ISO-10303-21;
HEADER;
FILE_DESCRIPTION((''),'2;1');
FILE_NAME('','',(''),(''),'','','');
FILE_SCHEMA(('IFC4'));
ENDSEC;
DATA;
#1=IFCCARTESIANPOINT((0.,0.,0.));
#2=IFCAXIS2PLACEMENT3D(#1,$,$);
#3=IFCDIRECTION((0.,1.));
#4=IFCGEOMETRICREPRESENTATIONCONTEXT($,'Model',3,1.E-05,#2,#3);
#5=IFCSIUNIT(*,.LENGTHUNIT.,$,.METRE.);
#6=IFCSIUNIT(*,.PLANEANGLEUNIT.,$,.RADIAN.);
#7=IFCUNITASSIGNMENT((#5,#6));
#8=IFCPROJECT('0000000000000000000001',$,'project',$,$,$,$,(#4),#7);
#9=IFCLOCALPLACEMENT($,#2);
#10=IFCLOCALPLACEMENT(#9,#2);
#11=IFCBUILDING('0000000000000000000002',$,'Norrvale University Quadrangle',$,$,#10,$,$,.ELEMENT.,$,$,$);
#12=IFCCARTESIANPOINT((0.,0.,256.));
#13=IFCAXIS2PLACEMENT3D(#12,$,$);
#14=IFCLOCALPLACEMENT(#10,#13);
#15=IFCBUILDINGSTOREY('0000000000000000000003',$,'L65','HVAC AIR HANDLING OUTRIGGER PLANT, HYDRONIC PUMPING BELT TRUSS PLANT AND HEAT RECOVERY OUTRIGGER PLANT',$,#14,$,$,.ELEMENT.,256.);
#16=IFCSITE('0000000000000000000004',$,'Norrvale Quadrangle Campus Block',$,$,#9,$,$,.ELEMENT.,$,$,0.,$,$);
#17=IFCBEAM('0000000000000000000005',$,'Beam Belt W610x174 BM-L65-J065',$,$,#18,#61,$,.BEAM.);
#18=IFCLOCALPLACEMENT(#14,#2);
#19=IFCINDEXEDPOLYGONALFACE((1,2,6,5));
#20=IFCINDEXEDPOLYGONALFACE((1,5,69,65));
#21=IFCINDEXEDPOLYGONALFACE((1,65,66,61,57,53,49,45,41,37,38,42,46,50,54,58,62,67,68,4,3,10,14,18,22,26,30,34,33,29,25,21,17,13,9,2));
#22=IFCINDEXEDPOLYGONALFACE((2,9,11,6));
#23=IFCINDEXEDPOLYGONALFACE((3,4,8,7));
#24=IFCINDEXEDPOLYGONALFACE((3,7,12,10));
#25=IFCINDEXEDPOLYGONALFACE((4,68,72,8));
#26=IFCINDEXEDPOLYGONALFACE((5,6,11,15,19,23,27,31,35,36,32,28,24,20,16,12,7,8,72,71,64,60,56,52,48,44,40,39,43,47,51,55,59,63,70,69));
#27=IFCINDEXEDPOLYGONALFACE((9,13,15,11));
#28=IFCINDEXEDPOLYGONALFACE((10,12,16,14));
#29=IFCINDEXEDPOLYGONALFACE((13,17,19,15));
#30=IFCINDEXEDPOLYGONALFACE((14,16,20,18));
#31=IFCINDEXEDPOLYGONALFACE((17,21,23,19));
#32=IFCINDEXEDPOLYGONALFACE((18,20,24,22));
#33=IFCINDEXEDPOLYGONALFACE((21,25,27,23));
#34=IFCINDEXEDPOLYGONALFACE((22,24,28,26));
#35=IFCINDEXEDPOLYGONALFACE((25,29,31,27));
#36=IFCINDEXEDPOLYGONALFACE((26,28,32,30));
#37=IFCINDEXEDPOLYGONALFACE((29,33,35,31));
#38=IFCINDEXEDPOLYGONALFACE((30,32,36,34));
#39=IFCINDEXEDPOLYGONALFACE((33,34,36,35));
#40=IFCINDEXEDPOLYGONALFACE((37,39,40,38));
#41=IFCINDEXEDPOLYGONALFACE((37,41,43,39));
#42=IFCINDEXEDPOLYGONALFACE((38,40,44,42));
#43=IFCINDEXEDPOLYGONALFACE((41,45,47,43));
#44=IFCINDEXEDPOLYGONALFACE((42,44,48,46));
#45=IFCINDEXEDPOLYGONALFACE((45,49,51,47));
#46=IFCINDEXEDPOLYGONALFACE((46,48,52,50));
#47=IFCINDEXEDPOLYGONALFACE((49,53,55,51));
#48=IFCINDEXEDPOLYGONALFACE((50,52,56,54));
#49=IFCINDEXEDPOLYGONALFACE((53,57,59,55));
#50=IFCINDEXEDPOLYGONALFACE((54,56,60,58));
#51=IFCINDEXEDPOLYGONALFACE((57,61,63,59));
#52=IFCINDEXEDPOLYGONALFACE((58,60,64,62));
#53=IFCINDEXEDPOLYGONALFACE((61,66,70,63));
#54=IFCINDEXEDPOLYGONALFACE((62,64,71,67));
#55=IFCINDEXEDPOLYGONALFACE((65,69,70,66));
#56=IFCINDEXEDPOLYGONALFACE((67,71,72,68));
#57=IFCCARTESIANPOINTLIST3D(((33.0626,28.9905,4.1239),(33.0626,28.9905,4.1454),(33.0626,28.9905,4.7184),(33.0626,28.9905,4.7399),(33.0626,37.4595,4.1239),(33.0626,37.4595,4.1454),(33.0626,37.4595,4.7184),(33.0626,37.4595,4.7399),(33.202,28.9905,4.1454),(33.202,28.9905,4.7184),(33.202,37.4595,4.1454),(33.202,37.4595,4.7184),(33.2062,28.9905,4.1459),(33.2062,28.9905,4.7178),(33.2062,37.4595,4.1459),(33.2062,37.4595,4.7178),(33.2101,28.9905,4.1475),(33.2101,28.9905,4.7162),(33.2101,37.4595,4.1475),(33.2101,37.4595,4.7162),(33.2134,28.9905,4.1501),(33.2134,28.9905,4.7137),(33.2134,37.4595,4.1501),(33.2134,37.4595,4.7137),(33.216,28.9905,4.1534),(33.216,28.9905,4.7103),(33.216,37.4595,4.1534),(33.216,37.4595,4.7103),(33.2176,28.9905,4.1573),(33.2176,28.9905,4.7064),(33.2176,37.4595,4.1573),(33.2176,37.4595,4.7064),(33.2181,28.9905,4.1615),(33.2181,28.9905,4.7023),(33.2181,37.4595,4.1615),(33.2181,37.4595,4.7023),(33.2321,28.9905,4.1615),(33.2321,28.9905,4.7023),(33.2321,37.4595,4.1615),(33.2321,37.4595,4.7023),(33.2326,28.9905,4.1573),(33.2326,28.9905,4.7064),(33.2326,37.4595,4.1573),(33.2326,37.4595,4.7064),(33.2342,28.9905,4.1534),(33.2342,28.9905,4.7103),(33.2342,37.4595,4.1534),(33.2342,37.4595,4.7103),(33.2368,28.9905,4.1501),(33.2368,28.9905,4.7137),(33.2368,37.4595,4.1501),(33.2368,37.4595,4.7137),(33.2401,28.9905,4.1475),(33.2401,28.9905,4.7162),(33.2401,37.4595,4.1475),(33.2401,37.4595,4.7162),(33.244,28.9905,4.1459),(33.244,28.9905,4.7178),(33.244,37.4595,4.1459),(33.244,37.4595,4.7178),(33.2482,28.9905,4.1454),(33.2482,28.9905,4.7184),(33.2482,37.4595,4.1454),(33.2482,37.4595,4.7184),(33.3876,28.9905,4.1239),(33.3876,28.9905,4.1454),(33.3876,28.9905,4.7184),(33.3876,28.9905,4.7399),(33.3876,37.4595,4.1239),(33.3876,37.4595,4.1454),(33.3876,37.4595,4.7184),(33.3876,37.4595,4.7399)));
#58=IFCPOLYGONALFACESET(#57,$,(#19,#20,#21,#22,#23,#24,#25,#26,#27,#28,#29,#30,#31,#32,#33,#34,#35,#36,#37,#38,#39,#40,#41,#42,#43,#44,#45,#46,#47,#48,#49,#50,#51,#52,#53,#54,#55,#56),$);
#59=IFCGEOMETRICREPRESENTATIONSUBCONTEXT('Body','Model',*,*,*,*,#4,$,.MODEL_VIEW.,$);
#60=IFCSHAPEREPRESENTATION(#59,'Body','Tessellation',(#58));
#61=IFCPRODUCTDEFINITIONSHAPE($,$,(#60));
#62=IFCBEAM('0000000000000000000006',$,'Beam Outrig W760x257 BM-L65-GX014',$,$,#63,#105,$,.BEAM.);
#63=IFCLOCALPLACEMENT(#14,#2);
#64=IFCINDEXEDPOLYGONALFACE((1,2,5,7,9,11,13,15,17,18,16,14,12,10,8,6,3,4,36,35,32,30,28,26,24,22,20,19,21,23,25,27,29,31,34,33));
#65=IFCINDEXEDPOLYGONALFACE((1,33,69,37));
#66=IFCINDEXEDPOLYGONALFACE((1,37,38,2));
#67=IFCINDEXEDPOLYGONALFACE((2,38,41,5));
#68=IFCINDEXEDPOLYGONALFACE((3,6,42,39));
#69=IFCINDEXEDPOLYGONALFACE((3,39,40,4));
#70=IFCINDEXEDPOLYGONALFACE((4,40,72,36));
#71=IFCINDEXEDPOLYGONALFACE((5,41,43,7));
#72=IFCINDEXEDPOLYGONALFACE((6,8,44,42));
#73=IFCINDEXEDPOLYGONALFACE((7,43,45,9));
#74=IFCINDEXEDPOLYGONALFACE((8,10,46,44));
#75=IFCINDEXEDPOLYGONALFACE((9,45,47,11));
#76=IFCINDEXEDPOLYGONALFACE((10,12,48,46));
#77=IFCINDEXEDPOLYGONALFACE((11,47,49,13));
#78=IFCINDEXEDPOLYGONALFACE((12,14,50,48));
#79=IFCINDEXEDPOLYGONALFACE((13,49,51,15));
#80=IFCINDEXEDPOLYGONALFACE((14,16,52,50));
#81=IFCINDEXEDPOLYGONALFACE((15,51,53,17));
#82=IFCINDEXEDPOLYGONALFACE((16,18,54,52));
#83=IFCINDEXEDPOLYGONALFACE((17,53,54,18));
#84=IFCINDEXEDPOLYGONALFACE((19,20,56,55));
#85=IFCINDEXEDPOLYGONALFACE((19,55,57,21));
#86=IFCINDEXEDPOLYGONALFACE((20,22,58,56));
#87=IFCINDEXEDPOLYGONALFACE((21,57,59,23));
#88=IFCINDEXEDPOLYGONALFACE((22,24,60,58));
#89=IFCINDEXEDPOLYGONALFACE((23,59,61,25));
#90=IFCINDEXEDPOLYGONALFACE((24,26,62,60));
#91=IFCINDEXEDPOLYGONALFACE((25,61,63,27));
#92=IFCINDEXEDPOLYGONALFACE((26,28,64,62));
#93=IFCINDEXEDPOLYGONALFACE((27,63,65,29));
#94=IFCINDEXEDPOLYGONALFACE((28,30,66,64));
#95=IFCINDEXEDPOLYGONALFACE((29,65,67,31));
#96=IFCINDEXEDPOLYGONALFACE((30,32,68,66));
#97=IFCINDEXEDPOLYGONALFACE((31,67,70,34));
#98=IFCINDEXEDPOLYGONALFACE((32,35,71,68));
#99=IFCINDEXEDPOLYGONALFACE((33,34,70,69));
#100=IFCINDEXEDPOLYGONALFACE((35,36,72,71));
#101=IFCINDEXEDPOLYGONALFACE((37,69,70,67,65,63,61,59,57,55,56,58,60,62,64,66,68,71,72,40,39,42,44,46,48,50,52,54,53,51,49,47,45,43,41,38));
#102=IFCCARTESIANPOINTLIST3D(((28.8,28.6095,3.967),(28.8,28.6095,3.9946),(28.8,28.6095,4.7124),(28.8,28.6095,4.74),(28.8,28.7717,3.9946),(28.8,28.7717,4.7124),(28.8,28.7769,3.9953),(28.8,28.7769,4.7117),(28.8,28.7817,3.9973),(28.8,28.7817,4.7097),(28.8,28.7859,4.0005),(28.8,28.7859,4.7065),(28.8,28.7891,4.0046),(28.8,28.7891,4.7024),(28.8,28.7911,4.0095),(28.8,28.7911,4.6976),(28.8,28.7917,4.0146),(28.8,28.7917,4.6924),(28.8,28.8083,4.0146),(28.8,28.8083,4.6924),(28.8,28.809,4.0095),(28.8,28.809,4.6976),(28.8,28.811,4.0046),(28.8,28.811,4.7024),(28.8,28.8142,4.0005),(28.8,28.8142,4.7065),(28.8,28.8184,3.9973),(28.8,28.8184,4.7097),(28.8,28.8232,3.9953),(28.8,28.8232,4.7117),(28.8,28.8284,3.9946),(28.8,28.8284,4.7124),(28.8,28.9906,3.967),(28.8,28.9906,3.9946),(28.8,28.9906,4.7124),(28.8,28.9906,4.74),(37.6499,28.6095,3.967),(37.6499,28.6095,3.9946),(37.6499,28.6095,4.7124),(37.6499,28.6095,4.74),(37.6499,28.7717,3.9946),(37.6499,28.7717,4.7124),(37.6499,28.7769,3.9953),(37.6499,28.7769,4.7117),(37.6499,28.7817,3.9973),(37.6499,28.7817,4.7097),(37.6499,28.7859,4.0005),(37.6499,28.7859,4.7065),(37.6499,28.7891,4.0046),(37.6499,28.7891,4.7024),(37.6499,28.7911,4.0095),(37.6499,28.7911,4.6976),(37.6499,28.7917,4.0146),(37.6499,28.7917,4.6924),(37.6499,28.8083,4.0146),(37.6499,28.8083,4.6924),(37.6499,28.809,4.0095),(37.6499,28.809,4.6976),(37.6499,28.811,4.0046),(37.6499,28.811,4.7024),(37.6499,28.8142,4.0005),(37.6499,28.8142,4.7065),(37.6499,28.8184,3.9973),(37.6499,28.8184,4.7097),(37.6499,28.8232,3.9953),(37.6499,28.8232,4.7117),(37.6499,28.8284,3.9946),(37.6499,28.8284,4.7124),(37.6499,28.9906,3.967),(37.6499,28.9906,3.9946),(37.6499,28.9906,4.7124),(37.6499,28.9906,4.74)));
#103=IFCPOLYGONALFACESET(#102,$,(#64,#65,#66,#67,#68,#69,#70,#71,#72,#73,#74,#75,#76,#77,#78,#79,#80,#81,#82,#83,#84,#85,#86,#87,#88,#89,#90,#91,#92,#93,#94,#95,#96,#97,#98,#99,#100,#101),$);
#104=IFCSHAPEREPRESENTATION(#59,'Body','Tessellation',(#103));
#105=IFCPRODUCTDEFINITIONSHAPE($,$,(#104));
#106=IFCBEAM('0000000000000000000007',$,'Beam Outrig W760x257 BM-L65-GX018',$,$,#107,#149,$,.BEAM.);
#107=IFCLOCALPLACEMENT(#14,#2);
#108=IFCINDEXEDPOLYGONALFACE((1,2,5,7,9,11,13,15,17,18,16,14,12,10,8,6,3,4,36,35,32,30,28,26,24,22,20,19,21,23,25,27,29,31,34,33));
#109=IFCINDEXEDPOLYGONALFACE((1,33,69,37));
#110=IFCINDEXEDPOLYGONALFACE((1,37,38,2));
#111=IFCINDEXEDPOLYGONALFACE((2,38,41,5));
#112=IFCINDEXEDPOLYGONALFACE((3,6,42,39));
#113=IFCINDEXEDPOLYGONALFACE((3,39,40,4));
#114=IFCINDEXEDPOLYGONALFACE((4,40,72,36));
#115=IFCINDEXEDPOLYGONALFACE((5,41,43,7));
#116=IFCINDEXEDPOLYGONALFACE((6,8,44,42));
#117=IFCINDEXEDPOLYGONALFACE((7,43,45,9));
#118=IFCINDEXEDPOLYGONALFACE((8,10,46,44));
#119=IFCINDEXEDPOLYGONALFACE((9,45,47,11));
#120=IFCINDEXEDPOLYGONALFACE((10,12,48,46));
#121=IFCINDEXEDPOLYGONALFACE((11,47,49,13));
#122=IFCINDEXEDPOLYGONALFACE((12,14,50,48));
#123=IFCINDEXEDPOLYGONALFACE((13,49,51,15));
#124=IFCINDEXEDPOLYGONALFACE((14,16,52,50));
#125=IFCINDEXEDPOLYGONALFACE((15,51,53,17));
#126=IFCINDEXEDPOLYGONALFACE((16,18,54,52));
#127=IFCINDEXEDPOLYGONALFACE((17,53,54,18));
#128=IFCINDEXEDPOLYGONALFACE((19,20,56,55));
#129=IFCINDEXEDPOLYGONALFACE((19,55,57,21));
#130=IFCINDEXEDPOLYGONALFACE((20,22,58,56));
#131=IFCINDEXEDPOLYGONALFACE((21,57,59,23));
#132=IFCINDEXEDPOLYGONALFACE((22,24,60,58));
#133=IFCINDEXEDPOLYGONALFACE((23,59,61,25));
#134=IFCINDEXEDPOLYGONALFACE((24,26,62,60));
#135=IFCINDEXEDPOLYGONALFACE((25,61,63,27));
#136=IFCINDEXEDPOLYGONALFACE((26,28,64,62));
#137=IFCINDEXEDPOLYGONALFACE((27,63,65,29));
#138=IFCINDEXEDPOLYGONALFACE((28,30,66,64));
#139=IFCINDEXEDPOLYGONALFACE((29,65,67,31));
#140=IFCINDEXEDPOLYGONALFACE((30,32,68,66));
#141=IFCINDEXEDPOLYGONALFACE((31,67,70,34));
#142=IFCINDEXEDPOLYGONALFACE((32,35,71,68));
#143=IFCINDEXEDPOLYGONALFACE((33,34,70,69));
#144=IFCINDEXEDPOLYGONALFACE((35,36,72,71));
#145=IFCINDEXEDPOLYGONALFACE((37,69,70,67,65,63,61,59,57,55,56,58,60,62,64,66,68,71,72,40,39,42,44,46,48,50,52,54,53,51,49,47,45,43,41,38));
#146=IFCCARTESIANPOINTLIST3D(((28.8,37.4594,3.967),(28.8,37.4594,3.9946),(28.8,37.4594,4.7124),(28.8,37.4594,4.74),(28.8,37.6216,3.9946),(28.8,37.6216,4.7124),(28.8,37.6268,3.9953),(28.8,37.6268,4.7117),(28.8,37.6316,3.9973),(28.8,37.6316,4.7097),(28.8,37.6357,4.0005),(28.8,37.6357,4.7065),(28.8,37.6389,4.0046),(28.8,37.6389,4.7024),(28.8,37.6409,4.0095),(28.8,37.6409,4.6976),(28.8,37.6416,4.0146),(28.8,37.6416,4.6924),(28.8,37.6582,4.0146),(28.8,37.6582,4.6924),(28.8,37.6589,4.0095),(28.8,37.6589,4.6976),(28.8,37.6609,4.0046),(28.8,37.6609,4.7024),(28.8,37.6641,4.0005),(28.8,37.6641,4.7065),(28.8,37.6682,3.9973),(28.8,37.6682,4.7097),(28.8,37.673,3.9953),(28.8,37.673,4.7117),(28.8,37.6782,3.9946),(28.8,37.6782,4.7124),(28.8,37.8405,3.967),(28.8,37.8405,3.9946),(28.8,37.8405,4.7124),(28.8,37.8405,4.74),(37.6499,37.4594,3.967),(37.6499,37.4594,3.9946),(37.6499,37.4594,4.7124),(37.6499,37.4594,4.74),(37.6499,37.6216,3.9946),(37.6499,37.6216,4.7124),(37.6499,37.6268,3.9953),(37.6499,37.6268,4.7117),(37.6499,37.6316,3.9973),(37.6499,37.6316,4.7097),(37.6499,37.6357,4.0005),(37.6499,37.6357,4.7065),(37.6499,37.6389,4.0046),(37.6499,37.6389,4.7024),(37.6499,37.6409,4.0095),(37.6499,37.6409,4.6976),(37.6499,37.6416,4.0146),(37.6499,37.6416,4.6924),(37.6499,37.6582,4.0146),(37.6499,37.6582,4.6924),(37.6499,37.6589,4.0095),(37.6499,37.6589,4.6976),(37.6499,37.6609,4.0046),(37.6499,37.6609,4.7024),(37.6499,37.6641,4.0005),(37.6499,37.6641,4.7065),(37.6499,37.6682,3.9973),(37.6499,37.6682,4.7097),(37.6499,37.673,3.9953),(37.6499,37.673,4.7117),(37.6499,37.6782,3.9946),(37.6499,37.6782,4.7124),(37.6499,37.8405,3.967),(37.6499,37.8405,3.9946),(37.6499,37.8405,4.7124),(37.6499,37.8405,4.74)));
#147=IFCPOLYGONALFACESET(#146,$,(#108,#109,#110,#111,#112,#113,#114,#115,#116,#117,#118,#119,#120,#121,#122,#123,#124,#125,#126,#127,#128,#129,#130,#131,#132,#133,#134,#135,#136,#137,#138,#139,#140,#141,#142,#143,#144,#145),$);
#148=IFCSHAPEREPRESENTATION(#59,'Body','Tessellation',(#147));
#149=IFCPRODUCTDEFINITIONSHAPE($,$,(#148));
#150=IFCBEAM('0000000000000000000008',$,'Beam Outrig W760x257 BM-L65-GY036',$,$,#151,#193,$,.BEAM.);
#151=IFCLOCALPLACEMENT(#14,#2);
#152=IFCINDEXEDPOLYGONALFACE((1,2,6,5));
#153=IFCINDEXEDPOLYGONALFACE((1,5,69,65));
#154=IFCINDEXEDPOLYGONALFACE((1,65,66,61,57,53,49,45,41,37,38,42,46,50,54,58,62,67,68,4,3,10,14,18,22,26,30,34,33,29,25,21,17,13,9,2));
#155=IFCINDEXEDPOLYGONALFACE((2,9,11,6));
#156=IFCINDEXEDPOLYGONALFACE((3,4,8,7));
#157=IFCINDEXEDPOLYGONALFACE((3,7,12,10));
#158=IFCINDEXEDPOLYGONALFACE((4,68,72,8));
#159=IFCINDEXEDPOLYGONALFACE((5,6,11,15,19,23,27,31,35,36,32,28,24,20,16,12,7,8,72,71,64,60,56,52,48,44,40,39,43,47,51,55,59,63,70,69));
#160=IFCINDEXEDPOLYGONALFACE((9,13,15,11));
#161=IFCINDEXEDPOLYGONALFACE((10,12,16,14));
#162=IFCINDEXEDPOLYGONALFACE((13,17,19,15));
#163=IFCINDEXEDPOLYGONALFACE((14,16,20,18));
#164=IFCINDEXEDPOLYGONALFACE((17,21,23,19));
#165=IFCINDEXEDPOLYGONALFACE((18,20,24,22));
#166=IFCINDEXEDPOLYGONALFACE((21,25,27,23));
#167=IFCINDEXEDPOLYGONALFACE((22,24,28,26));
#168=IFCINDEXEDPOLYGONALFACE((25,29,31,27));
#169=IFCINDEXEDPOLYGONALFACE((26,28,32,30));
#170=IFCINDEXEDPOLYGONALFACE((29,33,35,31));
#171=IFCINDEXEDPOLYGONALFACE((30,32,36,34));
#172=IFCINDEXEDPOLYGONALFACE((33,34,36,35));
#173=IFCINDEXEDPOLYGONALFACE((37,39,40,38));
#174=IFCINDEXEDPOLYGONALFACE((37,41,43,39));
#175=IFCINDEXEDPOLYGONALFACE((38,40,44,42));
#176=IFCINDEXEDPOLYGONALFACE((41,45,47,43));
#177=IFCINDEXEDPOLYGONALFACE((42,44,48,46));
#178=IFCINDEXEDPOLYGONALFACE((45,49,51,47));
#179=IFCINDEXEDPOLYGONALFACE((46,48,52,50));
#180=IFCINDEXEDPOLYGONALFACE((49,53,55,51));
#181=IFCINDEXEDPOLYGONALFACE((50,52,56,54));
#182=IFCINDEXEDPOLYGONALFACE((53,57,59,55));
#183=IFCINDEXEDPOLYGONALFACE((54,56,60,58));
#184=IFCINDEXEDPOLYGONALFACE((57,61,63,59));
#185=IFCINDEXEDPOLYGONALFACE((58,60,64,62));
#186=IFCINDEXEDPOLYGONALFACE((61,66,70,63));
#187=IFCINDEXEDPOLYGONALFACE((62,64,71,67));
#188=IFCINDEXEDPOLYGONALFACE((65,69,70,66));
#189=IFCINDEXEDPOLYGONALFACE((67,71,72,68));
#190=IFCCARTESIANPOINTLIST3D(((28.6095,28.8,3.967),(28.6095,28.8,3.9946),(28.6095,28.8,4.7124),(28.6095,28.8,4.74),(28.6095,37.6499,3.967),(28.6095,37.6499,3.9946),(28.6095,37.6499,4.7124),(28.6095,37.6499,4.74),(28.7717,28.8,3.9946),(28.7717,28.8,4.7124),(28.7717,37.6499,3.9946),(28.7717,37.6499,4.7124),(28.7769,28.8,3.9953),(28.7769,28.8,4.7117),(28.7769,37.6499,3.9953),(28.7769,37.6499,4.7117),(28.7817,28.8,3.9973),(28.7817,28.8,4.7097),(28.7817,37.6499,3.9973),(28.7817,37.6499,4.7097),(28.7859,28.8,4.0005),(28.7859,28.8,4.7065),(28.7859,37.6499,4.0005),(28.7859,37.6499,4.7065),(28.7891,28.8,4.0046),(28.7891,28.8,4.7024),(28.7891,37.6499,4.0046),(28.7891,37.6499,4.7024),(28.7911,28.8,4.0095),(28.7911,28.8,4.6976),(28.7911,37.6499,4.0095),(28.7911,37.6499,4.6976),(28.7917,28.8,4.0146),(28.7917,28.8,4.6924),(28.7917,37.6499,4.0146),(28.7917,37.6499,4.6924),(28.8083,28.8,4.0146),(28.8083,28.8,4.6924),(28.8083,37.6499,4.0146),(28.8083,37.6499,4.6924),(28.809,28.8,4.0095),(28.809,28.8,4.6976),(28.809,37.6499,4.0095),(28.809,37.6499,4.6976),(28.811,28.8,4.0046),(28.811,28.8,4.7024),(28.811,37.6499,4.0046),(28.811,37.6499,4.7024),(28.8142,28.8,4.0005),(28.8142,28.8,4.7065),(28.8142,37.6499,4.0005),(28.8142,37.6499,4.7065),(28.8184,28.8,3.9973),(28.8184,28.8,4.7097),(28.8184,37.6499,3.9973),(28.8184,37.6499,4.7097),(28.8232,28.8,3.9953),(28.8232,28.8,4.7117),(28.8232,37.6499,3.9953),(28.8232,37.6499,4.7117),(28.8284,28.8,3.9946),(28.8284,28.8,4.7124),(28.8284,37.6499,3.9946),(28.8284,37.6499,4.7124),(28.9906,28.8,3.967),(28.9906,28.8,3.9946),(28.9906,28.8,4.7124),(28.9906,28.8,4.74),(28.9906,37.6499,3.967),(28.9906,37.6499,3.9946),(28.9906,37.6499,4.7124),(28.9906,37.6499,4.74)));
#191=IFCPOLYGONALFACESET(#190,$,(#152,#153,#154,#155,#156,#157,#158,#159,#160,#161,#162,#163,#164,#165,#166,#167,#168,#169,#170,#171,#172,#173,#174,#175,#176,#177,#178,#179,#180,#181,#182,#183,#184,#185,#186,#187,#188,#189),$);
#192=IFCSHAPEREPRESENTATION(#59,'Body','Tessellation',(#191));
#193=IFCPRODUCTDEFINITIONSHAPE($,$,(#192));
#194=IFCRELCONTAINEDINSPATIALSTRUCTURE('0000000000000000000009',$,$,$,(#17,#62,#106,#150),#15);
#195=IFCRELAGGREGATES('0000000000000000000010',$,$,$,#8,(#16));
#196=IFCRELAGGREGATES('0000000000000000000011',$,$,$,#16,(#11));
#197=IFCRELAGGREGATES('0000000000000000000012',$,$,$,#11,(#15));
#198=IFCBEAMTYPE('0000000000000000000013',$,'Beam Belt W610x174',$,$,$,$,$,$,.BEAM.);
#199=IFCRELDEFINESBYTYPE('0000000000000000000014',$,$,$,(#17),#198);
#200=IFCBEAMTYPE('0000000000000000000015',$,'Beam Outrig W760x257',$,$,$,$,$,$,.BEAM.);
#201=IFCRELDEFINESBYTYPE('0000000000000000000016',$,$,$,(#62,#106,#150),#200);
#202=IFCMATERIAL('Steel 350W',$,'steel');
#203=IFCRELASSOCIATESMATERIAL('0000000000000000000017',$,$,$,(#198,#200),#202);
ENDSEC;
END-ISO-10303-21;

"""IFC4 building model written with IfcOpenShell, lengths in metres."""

from ifc_helpers import new_model, si_unit, direction, frame, origin, origin_2d, place, context, subcontext, project, spatial, i_section, extrude, material, material_profile, profile_set, type_object, element, save


model = new_model("IFC4")

# Units and contexts
model_context = context("Model", 3, precision=1e-05, world=origin(), true_north=direction((0.0, 1.0)))
body_context = subcontext(model_context, "Body", "Model", "MODEL_VIEW")
ifc_project = project(units=[si_unit("LENGTHUNIT", "METRE"), si_unit("PLANEANGLEUNIT", "RADIAN")], contexts=[model_context])

# Site, building, storey
site_placement = place(None, origin())
site = spatial("IfcSite", under=ifc_project, at=site_placement, Name="Norrvale Quadrangle Campus Block", CompositionType="ELEMENT", RefElevation=0.0)
building_placement = place(site_placement, origin())
building = spatial("IfcBuilding", under=site, at=building_placement, Name="Norrvale University Quadrangle", CompositionType="ELEMENT")
storey_placement = place(building_placement, frame((0.0, 0.0, 256.0)))
storey = spatial("IfcBuildingStorey", under=building, at=storey_placement, Name="L65", Description="HVAC AIR HANDLING OUTRIGGER PLANT, HYDRONIC PUMPING BELT TRUSS PLANT AND HEAT RECOVERY OUTRIGGER PLANT", CompositionType="ELEMENT", Elevation=256.0)

# Beams
ifc_material_1 = material(Name="Steel 350W", Category="steel")
ifc_material_profile_1 = material_profile(ifc_material_1, i_section(OverallWidth=0.325, OverallDepth=0.616, WebThickness=0.0139, FlangeThickness=0.0215, FilletRadius=0.0161, at=origin_2d()), Name="Steel 350W")
ifc_profile_set_1 = profile_set([ifc_material_profile_1], Name="Steel 350W")
beam_type_1 = type_object("IfcBeamType", Name="Beam Belt W610x174", PredefinedType="BEAM", material=ifc_profile_set_1)
beam_1_placement = place(storey_placement, frame((33.2251, 28.9905, 4.4319), z_axis=(0.0, 1.0, 0.0), x_axis=(-1.0, 0.0, 0.0)))
element("IfcBeam", 1, at=beam_1_placement, inside=storey, type_object=beam_type_1, Name="Beam Belt W610x174 BM-L65-J065", PredefinedType="BEAM", context=body_context, shape_type="SweptSolid", body=[
    extrude(i_section(OverallWidth=0.325, OverallDepth=0.616, WebThickness=0.0139, FlangeThickness=0.0215, FilletRadius=0.0161, at=origin_2d()), origin(), (0.0, 0.0, 1.0), 8.469),
])
ifc_material_profile_2 = material_profile(ifc_material_1, i_section(OverallWidth=0.3811, OverallDepth=0.7729, WebThickness=0.0166, FlangeThickness=0.0276, FilletRadius=0.02, at=origin_2d()), Name="Steel 350W")
ifc_profile_set_2 = profile_set([ifc_material_profile_2], Name="Steel 350W")
beam_type_2 = type_object("IfcBeamType", Name="Beam Outrig W760x257", PredefinedType="BEAM", material=ifc_profile_set_2)
for number, where, z_axis, x_axis, name in (
    (2, (28.8, 28.8, 4.3535), (1.0, 0.0, 0.0), (0.0, 1.0, 0.0), "Beam Outrig W760x257 BM-L65-GX014"),
    (3, (28.8, 37.6499, 4.3535), (1.0, 0.0, 0.0), (0.0, 1.0, 0.0), "Beam Outrig W760x257 BM-L65-GX018"),
    (4, (28.8, 28.8, 4.3535), (0.0, 1.0, 0.0), (-1.0, 0.0, 0.0), "Beam Outrig W760x257 BM-L65-GY036"),
):
    element("IfcBeam", number, at=place(storey_placement, frame(where, z_axis=z_axis, x_axis=x_axis)), inside=storey, type_object=beam_type_2, Name=name, PredefinedType="BEAM", context=body_context, shape_type="SweptSolid", body=[
        extrude(i_section(OverallWidth=0.3811, OverallDepth=0.7729, WebThickness=0.0166, FlangeThickness=0.0276, FilletRadius=0.02, at=origin_2d()), origin(), (0.0, 0.0, 1.0), 8.8499),
    ])

save(model, "model.ifc")
